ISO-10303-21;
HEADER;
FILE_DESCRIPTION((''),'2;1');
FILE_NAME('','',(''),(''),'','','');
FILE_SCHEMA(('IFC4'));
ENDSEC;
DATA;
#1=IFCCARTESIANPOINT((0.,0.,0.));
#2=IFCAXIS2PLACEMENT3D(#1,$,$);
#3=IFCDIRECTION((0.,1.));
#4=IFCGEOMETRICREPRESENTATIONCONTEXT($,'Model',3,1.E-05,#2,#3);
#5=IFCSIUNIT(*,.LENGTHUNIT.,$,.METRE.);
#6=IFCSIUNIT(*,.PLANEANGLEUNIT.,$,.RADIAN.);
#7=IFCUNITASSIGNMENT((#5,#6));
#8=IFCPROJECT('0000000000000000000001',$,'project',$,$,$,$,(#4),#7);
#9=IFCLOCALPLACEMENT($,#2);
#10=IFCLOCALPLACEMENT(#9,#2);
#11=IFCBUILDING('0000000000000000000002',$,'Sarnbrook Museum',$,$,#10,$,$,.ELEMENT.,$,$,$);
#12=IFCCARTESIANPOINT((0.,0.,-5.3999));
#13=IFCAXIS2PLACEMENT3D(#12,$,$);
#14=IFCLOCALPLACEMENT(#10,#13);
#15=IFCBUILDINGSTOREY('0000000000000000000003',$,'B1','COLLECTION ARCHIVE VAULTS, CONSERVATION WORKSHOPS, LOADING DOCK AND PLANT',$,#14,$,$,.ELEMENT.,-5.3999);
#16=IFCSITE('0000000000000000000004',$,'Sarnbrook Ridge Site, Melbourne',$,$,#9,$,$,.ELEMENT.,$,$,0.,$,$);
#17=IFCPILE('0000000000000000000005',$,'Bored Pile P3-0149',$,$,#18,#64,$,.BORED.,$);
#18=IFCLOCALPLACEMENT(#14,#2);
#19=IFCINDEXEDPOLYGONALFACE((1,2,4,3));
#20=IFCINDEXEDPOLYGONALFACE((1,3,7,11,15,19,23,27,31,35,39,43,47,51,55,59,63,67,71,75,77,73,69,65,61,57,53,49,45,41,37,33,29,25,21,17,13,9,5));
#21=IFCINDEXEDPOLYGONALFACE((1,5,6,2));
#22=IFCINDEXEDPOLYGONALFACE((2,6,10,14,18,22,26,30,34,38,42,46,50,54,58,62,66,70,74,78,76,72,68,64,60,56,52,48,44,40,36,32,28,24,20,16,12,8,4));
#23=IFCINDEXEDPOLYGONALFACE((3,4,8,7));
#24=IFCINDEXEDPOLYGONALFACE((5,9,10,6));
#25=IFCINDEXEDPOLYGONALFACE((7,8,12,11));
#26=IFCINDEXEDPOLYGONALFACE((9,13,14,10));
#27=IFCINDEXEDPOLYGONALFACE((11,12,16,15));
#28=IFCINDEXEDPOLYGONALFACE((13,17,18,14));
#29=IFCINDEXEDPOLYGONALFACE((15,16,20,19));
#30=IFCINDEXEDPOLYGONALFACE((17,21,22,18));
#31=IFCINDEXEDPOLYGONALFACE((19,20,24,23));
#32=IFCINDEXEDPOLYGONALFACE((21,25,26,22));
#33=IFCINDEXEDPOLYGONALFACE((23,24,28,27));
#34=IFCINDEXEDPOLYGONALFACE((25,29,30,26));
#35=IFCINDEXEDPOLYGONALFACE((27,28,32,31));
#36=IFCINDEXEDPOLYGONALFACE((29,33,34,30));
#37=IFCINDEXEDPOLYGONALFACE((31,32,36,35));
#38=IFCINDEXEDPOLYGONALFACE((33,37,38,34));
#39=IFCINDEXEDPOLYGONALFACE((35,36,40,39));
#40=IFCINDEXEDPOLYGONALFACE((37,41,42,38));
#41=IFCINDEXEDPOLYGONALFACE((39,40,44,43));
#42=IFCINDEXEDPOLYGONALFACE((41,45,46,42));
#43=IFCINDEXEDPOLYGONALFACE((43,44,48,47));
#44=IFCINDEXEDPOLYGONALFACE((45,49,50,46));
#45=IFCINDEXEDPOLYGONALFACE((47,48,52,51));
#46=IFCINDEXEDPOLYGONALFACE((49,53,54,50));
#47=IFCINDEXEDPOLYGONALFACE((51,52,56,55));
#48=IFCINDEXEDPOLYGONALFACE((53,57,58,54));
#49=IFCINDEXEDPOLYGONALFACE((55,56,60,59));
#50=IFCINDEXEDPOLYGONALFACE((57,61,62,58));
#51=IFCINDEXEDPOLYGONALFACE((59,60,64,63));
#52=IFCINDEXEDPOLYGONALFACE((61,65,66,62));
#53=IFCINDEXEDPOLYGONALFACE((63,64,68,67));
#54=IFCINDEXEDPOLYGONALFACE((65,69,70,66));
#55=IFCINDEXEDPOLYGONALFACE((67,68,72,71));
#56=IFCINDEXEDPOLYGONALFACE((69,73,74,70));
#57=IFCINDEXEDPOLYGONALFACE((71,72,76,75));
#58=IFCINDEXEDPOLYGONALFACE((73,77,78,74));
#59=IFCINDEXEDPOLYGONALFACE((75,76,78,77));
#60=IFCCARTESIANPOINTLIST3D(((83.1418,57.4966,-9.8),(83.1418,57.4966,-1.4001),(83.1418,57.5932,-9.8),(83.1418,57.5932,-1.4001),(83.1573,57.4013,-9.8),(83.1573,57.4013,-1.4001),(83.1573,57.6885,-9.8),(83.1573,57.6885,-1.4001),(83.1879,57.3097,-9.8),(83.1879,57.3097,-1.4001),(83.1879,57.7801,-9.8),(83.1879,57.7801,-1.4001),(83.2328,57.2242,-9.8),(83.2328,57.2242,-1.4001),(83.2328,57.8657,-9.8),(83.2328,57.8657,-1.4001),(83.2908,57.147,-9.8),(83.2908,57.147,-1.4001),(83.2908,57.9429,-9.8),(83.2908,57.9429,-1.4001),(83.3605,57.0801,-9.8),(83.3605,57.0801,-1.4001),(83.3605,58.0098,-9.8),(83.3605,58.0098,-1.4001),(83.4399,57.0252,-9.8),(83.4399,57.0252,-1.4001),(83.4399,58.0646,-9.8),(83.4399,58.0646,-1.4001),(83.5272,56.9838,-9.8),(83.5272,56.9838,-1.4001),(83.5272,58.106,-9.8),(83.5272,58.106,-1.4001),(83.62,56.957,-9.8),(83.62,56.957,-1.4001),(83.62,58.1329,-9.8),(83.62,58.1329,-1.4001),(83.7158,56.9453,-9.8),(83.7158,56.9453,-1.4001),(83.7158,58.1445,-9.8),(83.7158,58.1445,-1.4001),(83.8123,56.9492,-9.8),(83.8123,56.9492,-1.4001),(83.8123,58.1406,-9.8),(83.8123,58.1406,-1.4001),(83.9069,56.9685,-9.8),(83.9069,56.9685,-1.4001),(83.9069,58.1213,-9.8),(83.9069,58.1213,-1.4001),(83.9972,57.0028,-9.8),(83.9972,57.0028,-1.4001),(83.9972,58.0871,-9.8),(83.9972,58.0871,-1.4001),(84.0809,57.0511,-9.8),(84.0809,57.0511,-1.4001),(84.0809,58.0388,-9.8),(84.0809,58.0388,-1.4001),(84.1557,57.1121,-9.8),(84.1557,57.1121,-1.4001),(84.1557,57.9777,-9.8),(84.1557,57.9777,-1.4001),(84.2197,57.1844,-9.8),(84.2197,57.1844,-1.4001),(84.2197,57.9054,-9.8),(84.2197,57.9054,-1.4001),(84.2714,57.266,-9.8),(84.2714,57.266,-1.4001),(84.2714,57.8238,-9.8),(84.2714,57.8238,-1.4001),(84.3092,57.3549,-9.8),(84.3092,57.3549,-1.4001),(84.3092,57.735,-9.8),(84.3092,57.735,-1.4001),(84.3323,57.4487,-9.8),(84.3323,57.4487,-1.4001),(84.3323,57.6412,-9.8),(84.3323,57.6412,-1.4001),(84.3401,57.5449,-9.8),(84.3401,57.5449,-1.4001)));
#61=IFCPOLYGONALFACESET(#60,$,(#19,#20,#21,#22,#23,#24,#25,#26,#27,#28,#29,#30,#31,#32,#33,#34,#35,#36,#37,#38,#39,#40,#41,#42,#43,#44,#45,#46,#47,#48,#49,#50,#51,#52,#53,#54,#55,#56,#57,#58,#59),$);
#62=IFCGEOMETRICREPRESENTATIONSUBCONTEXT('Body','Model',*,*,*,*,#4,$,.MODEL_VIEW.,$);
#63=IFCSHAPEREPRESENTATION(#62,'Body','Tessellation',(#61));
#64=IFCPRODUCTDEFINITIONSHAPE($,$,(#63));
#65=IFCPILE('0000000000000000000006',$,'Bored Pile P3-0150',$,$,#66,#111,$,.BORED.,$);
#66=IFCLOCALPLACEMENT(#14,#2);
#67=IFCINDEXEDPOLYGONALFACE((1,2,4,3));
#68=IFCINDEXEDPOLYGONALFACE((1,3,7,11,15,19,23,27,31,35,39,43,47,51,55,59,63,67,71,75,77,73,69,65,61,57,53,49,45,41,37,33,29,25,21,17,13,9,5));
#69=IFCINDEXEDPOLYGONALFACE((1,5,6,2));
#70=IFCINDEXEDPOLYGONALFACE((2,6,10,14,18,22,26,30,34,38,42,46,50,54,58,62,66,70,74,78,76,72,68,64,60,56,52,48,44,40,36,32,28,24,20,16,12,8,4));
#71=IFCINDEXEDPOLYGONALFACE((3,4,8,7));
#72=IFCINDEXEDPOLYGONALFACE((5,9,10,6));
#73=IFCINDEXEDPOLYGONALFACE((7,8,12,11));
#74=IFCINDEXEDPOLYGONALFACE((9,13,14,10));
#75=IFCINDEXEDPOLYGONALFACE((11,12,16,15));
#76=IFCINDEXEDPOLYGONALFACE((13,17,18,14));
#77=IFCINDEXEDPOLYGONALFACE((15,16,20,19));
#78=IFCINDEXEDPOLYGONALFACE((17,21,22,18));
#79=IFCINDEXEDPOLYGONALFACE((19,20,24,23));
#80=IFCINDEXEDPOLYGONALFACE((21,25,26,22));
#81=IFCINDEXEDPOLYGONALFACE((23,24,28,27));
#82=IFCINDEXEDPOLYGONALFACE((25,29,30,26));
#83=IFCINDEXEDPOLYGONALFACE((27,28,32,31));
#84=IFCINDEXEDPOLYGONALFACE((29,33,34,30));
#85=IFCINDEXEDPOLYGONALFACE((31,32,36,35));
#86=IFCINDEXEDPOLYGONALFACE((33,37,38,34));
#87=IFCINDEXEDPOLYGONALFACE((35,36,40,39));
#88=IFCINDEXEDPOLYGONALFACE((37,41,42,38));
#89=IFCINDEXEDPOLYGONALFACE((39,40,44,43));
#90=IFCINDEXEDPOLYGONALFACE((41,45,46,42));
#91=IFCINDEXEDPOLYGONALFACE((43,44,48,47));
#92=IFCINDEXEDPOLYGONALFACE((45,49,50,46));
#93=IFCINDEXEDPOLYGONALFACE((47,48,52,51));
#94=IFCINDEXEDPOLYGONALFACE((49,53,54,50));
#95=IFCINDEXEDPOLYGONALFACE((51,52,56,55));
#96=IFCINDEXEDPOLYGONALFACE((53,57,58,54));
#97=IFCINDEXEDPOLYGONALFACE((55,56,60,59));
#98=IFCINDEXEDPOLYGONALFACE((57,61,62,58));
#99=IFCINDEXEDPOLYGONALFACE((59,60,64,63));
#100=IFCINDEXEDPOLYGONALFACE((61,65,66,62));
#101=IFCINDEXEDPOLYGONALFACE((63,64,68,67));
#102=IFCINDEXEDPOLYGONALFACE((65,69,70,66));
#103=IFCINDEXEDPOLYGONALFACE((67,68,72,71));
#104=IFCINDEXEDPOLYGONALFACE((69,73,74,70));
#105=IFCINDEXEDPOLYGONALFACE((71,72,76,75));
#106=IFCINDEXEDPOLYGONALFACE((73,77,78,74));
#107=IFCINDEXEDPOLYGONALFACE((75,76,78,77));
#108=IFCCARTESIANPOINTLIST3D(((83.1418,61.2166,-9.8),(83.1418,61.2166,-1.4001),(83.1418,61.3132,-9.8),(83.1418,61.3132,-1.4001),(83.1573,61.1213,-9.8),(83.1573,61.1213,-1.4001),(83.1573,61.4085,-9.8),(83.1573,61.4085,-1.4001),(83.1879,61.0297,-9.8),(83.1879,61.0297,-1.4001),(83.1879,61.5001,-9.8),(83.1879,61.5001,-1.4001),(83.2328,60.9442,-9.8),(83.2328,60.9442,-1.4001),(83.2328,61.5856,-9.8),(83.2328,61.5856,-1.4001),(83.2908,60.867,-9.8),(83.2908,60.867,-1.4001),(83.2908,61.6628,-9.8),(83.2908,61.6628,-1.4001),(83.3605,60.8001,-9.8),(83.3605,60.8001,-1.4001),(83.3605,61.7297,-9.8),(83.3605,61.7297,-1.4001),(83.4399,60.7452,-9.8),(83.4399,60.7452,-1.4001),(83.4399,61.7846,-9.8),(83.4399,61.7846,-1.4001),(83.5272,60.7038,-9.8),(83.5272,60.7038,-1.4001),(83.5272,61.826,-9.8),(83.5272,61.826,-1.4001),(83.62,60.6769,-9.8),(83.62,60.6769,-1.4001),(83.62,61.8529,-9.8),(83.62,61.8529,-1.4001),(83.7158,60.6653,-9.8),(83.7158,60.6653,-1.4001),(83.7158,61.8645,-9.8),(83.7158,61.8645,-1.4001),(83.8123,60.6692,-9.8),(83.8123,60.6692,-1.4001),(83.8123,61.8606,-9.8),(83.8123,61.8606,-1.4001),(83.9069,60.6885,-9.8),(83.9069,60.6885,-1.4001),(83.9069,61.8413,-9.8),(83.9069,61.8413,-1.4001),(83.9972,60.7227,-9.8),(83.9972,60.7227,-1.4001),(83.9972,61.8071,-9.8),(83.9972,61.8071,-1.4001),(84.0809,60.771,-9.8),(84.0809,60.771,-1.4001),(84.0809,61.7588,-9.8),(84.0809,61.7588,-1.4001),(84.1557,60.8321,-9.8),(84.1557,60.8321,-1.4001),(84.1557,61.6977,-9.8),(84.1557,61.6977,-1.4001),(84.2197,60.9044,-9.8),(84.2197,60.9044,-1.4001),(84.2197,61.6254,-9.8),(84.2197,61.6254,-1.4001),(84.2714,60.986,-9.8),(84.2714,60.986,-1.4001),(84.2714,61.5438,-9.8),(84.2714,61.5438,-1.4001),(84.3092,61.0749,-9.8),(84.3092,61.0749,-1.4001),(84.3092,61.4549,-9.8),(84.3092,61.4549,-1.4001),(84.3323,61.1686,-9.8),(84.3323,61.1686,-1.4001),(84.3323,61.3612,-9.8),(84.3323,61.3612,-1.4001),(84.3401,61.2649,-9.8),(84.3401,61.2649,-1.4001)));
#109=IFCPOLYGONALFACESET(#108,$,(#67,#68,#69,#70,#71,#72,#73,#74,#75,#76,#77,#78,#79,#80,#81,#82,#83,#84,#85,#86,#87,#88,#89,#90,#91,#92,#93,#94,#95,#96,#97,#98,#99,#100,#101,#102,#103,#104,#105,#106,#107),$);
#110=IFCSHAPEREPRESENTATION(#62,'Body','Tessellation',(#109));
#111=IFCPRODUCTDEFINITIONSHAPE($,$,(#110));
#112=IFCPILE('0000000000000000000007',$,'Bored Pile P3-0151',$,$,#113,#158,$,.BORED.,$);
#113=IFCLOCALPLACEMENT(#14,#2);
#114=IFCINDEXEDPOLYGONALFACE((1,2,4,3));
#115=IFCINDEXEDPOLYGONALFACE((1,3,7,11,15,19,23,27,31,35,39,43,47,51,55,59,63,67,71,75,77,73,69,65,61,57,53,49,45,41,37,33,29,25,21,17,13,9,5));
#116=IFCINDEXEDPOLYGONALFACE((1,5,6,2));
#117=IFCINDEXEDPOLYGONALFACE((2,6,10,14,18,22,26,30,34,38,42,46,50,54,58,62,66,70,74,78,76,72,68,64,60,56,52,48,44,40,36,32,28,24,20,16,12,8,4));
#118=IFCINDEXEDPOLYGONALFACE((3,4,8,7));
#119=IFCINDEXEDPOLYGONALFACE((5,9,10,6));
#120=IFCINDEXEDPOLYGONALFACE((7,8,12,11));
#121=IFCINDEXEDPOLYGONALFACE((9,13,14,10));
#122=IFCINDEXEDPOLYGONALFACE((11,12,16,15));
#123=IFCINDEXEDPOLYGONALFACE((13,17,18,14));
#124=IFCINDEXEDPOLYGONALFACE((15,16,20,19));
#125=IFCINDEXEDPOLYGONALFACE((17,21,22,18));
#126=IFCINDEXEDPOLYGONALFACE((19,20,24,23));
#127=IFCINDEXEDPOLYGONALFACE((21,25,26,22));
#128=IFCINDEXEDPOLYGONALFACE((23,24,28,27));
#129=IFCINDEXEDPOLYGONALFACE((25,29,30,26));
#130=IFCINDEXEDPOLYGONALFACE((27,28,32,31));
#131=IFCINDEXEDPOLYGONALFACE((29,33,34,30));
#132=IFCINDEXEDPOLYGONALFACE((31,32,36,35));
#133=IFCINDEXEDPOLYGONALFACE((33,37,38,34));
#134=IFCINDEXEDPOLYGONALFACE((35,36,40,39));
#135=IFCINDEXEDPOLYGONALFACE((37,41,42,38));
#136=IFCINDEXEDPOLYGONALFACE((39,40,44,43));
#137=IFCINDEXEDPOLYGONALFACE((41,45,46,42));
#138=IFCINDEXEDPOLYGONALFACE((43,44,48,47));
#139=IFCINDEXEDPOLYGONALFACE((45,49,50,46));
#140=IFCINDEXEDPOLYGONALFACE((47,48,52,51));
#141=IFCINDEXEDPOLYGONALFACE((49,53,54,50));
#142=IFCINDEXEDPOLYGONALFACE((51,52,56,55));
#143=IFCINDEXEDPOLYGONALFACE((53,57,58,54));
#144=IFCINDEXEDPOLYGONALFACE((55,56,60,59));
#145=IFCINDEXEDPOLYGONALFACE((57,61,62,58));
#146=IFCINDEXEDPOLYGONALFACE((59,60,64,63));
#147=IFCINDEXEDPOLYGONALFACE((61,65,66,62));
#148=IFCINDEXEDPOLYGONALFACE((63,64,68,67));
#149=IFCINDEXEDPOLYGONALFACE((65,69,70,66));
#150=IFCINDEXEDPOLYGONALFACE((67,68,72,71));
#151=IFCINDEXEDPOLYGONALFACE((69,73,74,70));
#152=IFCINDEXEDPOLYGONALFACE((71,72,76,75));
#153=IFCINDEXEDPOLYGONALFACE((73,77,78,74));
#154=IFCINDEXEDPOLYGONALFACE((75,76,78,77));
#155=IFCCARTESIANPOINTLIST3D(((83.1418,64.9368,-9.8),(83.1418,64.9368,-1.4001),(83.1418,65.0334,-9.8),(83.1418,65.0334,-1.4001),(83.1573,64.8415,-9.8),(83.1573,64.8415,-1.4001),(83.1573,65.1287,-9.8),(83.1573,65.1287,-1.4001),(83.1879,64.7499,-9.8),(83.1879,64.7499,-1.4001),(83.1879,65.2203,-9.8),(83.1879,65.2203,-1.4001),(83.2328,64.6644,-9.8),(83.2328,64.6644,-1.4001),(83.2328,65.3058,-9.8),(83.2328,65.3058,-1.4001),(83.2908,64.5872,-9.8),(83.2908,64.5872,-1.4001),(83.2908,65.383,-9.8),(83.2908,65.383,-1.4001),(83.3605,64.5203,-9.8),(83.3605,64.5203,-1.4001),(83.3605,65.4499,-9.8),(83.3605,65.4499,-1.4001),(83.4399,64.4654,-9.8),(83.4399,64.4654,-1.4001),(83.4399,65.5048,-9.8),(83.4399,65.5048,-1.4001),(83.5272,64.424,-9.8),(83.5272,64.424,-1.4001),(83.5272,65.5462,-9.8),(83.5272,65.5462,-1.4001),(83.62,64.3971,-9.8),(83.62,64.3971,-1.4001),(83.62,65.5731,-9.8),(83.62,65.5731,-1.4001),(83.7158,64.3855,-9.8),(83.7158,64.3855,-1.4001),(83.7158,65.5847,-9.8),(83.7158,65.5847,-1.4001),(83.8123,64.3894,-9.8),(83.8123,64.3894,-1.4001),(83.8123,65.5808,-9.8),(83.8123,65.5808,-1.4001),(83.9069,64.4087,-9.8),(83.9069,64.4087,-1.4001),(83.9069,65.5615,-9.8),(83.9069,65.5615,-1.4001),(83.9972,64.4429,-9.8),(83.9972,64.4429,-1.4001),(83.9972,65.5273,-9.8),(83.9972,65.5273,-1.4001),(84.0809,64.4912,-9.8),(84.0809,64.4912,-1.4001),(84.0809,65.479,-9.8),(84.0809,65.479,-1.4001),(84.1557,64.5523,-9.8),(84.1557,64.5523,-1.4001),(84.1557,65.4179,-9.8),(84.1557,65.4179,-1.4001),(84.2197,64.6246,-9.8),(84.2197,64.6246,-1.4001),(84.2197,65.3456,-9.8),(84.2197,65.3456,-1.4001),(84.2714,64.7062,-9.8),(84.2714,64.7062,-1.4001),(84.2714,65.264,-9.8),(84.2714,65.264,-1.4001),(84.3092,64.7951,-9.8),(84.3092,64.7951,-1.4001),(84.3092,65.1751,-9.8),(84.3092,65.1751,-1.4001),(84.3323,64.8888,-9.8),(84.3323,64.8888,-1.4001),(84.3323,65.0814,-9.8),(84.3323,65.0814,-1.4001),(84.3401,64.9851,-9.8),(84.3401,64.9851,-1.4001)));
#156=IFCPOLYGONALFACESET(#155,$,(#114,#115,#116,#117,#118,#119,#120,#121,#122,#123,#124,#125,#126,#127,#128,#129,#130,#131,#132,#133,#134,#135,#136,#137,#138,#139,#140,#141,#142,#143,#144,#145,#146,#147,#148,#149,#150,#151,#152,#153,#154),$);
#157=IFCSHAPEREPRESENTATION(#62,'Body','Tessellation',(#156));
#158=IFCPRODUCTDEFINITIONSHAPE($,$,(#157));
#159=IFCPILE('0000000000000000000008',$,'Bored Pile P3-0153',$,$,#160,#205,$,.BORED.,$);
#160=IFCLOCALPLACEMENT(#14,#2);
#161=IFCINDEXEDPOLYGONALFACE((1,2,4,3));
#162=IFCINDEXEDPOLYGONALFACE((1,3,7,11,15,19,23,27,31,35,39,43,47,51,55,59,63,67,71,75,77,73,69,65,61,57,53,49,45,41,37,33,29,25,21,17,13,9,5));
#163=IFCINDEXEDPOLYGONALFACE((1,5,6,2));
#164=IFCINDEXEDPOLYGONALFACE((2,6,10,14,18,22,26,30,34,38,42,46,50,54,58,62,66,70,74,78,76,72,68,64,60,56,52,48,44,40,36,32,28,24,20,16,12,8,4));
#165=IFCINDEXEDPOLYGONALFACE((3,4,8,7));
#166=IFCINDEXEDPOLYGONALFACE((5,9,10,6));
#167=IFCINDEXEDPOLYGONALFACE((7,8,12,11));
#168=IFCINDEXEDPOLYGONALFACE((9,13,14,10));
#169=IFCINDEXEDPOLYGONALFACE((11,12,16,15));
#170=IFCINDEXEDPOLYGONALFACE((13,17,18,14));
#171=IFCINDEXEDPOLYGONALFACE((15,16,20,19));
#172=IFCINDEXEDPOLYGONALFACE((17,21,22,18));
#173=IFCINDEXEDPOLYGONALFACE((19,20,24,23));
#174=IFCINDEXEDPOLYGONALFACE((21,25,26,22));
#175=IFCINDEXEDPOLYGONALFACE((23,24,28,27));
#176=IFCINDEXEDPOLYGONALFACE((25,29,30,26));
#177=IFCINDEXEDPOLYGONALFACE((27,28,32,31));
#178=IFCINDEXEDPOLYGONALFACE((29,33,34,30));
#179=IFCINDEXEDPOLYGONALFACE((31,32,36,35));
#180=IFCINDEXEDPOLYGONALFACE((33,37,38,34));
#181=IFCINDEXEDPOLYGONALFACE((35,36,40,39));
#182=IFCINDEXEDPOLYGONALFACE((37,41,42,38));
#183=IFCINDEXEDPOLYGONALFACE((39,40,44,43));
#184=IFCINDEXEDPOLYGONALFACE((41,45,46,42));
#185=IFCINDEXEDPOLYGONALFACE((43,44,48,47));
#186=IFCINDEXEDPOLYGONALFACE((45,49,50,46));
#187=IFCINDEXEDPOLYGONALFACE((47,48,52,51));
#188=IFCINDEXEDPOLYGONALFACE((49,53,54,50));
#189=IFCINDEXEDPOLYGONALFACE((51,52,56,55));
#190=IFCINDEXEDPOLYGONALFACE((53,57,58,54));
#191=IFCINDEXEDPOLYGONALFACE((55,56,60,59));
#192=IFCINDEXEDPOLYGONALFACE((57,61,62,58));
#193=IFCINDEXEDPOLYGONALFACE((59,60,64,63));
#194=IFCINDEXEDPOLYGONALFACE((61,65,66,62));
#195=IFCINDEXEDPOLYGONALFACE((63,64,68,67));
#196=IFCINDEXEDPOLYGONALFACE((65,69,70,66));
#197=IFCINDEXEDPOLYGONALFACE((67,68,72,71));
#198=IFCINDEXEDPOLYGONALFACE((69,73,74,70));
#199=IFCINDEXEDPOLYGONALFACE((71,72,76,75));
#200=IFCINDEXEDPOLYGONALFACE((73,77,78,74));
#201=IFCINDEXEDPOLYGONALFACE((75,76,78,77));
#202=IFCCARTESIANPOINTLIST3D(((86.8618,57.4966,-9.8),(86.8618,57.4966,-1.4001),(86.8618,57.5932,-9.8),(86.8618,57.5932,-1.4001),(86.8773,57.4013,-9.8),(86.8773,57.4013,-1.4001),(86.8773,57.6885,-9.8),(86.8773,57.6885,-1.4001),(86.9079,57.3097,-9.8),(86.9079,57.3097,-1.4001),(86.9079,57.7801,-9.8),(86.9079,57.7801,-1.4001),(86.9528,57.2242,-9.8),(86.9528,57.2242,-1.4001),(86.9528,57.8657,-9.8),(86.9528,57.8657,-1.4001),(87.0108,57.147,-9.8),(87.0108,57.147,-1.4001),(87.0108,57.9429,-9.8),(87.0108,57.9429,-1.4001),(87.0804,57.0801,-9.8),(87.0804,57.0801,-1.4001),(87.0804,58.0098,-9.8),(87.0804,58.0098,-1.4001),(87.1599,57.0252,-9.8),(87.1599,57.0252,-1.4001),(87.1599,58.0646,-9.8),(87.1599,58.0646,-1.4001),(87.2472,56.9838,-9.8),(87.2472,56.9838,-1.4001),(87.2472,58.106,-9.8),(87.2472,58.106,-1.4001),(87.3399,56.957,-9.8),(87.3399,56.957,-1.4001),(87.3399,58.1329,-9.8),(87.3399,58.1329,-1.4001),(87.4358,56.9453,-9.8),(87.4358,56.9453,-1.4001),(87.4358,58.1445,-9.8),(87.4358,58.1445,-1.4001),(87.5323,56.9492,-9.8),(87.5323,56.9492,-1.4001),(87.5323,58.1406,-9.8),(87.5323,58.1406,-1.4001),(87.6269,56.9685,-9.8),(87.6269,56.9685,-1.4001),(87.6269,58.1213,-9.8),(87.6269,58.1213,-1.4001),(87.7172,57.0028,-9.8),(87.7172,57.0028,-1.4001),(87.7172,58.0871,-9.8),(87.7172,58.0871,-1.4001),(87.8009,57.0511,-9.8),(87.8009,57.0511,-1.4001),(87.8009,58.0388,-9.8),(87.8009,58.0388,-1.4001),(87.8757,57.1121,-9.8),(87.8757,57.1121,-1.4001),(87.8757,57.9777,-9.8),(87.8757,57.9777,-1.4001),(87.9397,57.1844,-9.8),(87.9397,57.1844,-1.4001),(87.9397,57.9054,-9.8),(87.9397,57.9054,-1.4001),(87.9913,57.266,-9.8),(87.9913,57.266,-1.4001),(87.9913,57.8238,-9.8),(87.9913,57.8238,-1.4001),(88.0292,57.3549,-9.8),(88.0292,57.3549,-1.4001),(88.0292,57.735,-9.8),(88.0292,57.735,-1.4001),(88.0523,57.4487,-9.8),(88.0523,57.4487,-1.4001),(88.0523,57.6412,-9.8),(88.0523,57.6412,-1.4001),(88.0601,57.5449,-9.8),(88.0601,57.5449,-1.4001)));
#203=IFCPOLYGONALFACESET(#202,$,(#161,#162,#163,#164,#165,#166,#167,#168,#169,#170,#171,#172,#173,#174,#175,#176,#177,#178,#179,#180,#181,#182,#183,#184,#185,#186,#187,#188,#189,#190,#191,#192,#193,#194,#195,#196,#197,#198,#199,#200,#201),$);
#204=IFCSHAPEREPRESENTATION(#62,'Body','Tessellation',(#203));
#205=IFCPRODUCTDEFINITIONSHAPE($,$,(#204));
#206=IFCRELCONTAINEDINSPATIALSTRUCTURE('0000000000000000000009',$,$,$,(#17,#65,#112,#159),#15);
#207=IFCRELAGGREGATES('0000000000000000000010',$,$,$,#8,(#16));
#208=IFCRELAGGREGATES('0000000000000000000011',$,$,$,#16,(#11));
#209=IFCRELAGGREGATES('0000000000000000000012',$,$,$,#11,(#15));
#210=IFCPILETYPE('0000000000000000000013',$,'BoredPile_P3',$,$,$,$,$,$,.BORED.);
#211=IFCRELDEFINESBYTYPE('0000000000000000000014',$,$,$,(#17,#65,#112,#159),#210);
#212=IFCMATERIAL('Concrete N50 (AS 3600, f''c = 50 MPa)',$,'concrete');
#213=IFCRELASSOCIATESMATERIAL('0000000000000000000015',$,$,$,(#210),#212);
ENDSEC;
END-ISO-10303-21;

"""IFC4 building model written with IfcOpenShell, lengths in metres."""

from ifc_helpers import new_model, si_unit, direction, frame, origin, origin_2d, place, context, subcontext, project, spatial, circle, extrude, material, material_profile, profile_set, type_object, element, save


model = new_model("IFC4")

# Units and contexts
model_context = context("Model", 3, precision=1e-05, world=origin(), true_north=direction((0.0, 1.0)))
body_context = subcontext(model_context, "Body", "Model", "MODEL_VIEW")
ifc_project = project(units=[si_unit("LENGTHUNIT", "METRE"), si_unit("PLANEANGLEUNIT", "RADIAN")], contexts=[model_context])

# Site, building, storey
site_placement = place(None, origin())
site = spatial("IfcSite", under=ifc_project, at=site_placement, Name="Sarnbrook Ridge Site, Melbourne", CompositionType="ELEMENT", RefElevation=0.0)
building_placement = place(site_placement, origin())
building = spatial("IfcBuilding", under=site, at=building_placement, Name="Sarnbrook Museum", CompositionType="ELEMENT")
storey_placement = place(building_placement, frame((0.0, 0.0, -5.3999)))
storey = spatial("IfcBuildingStorey", under=building, at=storey_placement, Name="B1", Description="COLLECTION ARCHIVE VAULTS, CONSERVATION WORKSHOPS, LOADING DOCK AND PLANT", CompositionType="ELEMENT", Elevation=-5.3999)

# Piles
ifc_material_1 = material(Name="Concrete N50 (AS 3600, f'c = 50 MPa)", Category="concrete")
ifc_material_profile_1 = material_profile(ifc_material_1, circle(Radius=0.6001, at=origin_2d()), Name="BORED PILE D1200")
ifc_profile_set_1 = profile_set([ifc_material_profile_1], Name="Concrete N50 (AS 3600, f'c = 50 MPa)")
pile_type = type_object("IfcPileType", Name="BoredPile_P3", PredefinedType="BORED", material=ifc_profile_set_1)
for number, where, z_axis, x_axis, name in (
    (1, (83.74, 57.5449, -1.4001), (0.0, 0.0, -1.0), (1.0, 0.0, 0.0), "Bored Pile P3-0149"),
    (2, (83.74, 61.2649, -1.4001), (0.0, 0.0, -1.0), (1.0, 0.0, 0.0), "Bored Pile P3-0150"),
    (3, (83.74, 64.9851, -1.4001), (0.0, 0.0, -1.0), (1.0, 0.0, 0.0), "Bored Pile P3-0151"),
    (4, (87.46, 57.5449, -1.4001), (0.0, 0.0, -1.0), (1.0, 0.0, 0.0), "Bored Pile P3-0153"),
):
    element("IfcPile", number, at=place(storey_placement, frame(where, z_axis=z_axis, x_axis=x_axis)), inside=storey, type_object=pile_type, Name=name, PredefinedType="BORED", context=body_context, shape_type="SweptSolid", body=[
        extrude(circle(Radius=0.6001, at=origin_2d()), origin(), (0.0, 0.0, 1.0), 8.3999),
    ])

save(model, "model.ifc")
